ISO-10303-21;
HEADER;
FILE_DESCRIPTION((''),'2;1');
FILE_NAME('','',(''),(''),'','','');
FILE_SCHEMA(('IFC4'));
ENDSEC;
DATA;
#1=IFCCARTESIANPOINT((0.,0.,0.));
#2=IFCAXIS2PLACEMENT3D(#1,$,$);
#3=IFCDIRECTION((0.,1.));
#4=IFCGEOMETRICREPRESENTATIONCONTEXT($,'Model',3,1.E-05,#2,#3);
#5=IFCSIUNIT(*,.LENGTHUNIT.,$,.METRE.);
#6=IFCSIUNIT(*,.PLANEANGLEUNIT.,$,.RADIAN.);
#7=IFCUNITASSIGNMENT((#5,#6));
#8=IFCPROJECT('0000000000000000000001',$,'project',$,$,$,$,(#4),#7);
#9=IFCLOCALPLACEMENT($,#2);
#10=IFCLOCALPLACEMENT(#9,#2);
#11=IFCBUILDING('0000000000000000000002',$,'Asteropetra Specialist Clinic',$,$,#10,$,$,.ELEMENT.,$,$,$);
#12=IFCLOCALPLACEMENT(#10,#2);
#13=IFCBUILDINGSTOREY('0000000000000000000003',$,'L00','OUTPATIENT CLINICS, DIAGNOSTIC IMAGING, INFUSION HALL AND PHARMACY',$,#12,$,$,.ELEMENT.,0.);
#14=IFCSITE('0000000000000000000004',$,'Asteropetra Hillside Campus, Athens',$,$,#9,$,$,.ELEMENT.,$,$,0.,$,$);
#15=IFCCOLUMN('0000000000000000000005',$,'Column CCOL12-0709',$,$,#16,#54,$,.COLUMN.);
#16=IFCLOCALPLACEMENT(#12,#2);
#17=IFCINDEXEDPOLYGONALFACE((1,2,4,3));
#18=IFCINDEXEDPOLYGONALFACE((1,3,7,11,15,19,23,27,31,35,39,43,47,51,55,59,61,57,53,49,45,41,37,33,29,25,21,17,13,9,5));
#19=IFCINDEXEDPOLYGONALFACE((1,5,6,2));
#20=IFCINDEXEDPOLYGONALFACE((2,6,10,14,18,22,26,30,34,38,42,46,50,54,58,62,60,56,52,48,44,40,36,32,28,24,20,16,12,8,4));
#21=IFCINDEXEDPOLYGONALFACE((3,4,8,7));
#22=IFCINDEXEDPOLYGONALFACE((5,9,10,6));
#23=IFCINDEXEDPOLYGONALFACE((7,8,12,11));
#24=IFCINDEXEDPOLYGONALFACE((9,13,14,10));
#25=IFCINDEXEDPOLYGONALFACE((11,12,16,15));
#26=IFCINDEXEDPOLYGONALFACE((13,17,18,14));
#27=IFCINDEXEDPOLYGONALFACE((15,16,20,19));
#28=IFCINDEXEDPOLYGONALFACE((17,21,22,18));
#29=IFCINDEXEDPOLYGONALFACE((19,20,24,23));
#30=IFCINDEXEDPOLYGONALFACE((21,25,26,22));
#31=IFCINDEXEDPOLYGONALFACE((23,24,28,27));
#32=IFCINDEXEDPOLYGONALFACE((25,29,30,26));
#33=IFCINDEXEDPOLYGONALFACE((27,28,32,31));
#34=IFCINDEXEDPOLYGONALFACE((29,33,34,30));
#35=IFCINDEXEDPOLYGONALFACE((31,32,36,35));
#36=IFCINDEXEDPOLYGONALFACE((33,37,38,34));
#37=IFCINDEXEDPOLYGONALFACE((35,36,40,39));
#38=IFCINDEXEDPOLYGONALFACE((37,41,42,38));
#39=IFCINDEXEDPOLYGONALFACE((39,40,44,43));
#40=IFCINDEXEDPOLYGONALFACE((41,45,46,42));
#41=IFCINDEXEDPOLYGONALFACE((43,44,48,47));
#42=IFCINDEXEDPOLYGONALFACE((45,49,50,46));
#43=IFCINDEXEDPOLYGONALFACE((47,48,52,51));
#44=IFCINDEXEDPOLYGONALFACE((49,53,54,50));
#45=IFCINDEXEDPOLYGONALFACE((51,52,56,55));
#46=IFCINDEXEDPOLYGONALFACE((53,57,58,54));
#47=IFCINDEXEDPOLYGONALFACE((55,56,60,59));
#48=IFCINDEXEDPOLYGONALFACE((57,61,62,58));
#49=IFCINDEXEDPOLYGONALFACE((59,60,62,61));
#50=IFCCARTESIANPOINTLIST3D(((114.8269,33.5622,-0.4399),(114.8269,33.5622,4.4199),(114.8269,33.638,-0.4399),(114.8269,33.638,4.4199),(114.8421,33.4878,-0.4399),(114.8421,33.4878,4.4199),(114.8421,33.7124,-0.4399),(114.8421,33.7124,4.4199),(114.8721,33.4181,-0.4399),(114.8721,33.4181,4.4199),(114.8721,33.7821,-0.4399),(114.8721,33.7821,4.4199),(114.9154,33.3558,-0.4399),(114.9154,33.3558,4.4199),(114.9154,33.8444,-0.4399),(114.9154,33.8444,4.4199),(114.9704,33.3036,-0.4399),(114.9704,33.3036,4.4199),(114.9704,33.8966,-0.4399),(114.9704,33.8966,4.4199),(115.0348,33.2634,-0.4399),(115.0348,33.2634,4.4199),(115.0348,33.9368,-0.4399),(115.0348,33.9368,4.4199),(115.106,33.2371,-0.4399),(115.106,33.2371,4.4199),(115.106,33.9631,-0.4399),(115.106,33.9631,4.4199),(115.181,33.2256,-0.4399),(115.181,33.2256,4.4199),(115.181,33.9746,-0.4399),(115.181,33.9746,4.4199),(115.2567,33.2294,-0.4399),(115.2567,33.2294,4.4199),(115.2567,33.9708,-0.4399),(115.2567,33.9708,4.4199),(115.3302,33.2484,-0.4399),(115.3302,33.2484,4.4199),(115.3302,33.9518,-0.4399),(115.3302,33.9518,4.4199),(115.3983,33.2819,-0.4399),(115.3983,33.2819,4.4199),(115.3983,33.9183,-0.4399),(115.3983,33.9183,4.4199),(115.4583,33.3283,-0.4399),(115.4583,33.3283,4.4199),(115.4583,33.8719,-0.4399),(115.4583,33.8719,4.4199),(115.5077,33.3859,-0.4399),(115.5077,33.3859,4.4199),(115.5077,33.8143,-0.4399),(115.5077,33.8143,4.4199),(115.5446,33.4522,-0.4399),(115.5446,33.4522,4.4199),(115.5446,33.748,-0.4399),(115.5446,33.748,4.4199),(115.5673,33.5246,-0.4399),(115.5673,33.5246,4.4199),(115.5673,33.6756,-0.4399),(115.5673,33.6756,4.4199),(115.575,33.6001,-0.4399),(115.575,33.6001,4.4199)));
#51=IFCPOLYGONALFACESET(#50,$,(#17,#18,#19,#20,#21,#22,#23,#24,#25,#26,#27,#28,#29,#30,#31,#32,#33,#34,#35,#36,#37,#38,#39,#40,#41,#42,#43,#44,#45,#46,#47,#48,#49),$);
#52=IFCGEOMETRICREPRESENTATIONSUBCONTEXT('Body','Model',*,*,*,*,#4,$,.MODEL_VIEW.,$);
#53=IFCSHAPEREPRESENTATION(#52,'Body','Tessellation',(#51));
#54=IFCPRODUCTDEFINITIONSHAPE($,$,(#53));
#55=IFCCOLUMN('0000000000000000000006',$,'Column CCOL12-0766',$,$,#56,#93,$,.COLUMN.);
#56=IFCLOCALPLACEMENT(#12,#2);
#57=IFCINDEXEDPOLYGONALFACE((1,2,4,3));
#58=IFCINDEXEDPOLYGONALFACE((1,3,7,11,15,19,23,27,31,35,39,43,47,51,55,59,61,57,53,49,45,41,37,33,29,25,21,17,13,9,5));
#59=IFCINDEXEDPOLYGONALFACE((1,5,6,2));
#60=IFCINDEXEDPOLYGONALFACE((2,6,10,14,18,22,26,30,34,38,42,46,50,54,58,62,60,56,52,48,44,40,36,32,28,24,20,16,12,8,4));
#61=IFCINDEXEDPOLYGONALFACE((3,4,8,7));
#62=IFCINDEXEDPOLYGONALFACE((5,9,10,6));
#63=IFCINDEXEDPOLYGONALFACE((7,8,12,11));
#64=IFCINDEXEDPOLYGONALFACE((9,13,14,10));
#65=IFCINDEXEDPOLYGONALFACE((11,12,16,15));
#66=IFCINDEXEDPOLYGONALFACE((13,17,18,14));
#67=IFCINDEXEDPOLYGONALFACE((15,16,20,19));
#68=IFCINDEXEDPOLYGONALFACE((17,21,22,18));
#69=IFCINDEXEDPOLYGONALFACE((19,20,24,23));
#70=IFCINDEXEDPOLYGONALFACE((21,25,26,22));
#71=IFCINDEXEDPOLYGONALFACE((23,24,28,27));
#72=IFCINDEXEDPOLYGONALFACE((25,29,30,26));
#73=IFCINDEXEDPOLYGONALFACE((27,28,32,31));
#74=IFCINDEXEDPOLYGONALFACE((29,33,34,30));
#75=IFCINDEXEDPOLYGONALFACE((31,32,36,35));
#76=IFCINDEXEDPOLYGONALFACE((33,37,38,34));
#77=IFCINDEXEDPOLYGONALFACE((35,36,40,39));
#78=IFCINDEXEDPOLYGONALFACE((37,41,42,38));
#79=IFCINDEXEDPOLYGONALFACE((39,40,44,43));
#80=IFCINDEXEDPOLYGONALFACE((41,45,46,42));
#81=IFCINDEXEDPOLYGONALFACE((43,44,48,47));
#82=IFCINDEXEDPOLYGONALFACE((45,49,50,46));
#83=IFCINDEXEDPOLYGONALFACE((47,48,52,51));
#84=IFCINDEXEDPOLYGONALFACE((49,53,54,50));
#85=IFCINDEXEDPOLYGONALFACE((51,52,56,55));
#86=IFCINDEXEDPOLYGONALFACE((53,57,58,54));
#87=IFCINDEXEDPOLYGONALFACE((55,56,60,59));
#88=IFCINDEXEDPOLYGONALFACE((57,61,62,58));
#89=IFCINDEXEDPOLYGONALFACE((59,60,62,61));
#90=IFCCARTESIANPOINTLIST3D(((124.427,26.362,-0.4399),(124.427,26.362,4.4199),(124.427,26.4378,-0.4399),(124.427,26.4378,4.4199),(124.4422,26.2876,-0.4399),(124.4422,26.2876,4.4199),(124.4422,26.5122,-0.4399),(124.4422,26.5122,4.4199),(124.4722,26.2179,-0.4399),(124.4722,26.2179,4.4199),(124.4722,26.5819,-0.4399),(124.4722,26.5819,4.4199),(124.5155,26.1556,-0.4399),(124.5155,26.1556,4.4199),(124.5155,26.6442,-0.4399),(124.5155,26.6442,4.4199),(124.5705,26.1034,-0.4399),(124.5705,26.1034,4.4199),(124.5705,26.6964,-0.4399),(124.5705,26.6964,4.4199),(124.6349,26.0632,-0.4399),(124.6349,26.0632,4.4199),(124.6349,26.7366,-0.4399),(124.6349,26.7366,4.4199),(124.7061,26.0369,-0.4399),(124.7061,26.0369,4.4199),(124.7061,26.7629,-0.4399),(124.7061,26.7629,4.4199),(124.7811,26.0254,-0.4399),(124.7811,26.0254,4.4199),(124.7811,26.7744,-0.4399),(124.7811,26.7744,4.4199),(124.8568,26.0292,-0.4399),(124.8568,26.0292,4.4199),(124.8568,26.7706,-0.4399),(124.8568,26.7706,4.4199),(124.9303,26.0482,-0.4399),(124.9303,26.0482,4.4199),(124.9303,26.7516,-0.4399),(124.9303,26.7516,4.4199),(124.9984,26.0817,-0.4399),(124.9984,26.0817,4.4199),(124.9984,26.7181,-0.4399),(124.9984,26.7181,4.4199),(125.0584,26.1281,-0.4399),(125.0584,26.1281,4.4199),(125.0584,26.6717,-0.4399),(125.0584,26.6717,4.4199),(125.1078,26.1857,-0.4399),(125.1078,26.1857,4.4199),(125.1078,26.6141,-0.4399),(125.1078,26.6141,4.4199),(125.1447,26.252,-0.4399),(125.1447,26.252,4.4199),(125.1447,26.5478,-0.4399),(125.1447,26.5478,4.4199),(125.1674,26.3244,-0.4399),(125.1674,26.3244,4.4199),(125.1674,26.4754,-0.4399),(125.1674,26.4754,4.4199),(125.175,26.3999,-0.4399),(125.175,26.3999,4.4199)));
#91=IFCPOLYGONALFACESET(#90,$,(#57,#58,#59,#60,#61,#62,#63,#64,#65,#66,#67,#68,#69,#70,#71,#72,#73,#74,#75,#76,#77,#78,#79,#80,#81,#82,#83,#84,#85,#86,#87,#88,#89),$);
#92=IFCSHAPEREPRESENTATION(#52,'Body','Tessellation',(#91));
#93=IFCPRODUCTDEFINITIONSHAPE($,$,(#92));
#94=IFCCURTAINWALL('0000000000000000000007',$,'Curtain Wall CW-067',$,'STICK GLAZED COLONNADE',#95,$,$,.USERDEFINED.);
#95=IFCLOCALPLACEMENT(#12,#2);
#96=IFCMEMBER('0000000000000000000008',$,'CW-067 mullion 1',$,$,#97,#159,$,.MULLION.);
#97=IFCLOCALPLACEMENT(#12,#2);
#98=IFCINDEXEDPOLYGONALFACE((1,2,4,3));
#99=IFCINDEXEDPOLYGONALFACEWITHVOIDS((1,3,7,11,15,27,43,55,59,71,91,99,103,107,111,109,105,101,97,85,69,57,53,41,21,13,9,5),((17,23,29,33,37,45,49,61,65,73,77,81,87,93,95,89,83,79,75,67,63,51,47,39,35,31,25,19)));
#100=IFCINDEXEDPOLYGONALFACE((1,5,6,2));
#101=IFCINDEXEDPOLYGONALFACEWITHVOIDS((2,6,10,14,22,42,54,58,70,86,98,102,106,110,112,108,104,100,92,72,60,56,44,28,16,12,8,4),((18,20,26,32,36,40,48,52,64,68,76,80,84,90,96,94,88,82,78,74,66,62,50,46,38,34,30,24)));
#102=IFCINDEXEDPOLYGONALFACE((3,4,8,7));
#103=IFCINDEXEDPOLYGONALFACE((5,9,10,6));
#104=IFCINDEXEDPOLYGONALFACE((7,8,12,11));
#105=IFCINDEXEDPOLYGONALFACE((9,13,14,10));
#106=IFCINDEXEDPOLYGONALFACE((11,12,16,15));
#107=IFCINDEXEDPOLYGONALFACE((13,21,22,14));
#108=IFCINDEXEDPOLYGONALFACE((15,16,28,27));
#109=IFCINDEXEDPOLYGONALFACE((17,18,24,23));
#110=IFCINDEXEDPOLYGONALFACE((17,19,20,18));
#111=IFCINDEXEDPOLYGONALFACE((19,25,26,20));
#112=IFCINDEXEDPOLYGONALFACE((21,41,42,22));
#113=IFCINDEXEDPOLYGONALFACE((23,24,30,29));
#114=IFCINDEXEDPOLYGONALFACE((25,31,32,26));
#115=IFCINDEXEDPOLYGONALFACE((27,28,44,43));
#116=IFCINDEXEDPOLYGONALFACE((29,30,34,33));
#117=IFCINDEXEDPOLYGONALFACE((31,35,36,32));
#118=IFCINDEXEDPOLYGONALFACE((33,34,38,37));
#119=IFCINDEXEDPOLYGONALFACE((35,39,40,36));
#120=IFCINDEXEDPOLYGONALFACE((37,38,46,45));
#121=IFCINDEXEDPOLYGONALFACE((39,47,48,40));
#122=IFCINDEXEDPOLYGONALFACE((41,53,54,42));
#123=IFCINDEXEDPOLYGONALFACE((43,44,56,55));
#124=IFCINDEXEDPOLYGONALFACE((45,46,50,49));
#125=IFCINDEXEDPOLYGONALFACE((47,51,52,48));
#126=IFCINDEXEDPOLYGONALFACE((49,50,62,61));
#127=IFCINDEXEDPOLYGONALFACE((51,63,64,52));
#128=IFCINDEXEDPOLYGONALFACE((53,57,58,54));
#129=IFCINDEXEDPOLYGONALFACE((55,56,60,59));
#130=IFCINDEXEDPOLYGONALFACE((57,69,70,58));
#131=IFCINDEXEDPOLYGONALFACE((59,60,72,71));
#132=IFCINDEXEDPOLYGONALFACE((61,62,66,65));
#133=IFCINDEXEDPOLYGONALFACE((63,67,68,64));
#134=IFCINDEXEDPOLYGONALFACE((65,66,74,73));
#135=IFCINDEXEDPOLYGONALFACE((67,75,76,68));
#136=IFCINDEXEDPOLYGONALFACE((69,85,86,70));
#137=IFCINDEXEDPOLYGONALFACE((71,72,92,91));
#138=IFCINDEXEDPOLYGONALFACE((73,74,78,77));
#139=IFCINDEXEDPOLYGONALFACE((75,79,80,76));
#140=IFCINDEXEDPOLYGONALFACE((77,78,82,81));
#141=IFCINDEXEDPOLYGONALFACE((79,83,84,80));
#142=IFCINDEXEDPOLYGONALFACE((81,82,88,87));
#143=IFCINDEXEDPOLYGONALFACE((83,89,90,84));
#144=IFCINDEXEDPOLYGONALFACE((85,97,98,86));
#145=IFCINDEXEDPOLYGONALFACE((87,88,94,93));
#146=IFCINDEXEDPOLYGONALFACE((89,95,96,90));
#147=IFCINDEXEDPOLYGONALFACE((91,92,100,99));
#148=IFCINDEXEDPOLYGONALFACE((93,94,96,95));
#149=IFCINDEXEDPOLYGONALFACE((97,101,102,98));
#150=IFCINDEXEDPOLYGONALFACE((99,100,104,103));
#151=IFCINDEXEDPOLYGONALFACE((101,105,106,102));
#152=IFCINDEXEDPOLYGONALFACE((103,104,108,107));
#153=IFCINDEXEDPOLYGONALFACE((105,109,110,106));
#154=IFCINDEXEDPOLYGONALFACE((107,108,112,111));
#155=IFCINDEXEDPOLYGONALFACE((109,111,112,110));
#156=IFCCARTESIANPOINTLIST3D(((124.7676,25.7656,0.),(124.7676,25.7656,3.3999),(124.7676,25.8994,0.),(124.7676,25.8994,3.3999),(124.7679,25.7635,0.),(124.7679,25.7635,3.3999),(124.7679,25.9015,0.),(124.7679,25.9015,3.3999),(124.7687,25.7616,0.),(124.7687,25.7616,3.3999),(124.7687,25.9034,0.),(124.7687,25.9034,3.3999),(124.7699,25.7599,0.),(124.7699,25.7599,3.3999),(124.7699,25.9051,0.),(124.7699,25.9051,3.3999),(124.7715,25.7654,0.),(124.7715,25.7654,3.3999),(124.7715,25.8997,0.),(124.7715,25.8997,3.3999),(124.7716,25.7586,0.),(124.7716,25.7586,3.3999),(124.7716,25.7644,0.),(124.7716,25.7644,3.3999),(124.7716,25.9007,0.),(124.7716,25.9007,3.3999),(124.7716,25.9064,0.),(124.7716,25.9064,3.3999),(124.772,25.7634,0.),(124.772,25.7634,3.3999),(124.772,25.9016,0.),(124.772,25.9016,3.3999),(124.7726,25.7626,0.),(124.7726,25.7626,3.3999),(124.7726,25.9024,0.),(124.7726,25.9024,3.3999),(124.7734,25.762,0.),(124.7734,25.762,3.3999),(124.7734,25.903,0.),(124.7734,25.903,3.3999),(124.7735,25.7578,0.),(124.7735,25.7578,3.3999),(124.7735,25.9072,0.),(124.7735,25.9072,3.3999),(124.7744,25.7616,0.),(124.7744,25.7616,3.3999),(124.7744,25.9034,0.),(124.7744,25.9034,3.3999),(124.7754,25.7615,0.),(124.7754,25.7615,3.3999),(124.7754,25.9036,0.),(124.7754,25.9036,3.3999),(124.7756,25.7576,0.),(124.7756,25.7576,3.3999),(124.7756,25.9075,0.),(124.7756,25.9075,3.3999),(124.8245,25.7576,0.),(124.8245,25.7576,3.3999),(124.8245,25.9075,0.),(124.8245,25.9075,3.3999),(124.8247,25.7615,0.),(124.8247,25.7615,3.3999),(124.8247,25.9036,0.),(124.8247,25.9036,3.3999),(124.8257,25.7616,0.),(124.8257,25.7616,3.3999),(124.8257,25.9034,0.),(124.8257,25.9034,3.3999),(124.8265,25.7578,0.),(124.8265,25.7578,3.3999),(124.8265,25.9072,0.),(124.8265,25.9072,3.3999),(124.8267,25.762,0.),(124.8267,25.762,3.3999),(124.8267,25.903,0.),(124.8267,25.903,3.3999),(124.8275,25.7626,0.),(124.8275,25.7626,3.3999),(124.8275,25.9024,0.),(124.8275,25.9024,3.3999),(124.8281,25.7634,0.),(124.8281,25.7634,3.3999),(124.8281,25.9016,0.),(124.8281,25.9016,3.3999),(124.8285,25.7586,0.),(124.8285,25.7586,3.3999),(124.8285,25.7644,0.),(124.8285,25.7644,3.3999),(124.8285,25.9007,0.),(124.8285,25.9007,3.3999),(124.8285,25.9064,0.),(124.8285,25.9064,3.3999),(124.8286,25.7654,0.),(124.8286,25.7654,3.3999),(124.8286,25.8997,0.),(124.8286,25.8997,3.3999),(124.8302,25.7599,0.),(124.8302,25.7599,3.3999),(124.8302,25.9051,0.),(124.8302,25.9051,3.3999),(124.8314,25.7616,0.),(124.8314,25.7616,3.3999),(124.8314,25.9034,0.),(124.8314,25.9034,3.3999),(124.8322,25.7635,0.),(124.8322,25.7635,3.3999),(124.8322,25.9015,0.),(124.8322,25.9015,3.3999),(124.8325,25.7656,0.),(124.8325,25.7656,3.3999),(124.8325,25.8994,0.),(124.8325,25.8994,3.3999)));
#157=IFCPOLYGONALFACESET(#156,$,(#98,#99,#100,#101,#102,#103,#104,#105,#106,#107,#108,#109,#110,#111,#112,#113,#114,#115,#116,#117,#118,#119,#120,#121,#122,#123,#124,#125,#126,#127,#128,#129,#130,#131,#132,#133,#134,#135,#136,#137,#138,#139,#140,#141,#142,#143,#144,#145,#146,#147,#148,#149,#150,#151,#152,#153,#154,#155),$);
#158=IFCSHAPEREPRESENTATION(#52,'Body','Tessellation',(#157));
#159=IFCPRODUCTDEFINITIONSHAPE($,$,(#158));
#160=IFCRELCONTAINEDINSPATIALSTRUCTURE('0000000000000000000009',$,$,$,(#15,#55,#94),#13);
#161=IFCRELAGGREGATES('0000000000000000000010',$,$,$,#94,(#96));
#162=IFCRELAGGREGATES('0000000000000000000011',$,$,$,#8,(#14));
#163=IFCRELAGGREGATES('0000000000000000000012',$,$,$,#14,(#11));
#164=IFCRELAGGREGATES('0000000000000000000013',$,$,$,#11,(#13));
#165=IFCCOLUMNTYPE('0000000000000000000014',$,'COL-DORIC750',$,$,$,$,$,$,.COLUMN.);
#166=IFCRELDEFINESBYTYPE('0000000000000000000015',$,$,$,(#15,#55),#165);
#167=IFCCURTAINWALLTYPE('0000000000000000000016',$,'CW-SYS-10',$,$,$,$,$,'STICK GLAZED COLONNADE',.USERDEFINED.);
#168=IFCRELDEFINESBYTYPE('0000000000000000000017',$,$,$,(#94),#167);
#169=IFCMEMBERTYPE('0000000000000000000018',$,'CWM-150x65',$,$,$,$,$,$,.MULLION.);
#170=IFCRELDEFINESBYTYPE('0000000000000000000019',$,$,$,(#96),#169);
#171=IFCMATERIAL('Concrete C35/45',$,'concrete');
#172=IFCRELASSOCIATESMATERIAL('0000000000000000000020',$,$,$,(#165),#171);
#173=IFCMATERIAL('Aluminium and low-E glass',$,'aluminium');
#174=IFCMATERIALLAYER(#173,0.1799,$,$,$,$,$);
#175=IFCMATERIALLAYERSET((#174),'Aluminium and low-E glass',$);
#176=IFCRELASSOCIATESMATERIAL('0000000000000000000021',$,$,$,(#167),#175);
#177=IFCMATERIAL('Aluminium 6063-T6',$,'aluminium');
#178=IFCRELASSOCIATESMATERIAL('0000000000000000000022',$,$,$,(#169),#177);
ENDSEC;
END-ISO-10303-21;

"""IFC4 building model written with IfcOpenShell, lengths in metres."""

from ifc_helpers import new_model, si_unit, direction, frame, origin, origin_2d, place, context, subcontext, project, spatial, hollow_rectangle, circle, extrude, material, layer, layer_set, material_profile, profile_set, type_object, element, aggregate, save


model = new_model("IFC4")

# Units and contexts
model_context = context("Model", 3, precision=1e-05, world=origin(), true_north=direction((0.0, 1.0)))
body_context = subcontext(model_context, "Body", "Model", "MODEL_VIEW")
ifc_project = project(units=[si_unit("LENGTHUNIT", "METRE"), si_unit("PLANEANGLEUNIT", "RADIAN")], contexts=[model_context])

# Site, building, storey
site_placement = place(None, origin())
site = spatial("IfcSite", under=ifc_project, at=site_placement, Name="Asteropetra Hillside Campus, Athens", CompositionType="ELEMENT", RefElevation=0.0)
building_placement = place(site_placement, origin())
building = spatial("IfcBuilding", under=site, at=building_placement, Name="Asteropetra Specialist Clinic", CompositionType="ELEMENT")
storey_placement = place(building_placement, origin())
storey = spatial("IfcBuildingStorey", under=building, at=storey_placement, Name="L00", Description="OUTPATIENT CLINICS, DIAGNOSTIC IMAGING, INFUSION HALL AND PHARMACY", CompositionType="ELEMENT", Elevation=0.0)

# Columns
ifc_material_1 = material(Name="Concrete C35/45", Category="concrete")
ifc_material_profile_1 = material_profile(ifc_material_1, circle(Radius=0.375, at=origin_2d()), Name="RCC D750")
ifc_profile_set_1 = profile_set([ifc_material_profile_1], Name="Concrete C35/45")
column_type = type_object("IfcColumnType", Name="COL-DORIC750", PredefinedType="COLUMN", material=ifc_profile_set_1)
for number, where, z_axis, x_axis, name in (
    (1, (115.2, 33.6001, -0.4399), (0.0, 0.0, 1.0), (1.0, 0.0, 0.0), "Column CCOL12-0709"),
    (2, (124.8, 26.3999, -0.4399), (0.0, 0.0, 1.0), (1.0, 0.0, 0.0), "Column CCOL12-0766"),
):
    element("IfcColumn", number, at=place(storey_placement, frame(where, z_axis=z_axis, x_axis=x_axis)), inside=storey, type_object=column_type, Name=name, PredefinedType="COLUMN", context=body_context, shape_type="SweptSolid", body=[
        extrude(circle(Radius=0.375, at=origin_2d()), origin(), (0.0, 0.0, 1.0), 4.8599),
    ])

# Curtain wall, member
ifc_material_2 = material(Name="Aluminium and low-E glass", Category="aluminium")
ifc_layer_1 = layer(ifc_material_2, 0.1799)
ifc_layer_set_1 = layer_set([ifc_layer_1], Name="Aluminium and low-E glass")
curtain_wall_type_1 = type_object("IfcCurtainWallType", Name="CW-SYS-10", ElementType="STICK GLAZED COLONNADE", PredefinedType="USERDEFINED", material=ifc_layer_set_1)
curtain_wall_1_placement = place(storey_placement, origin())
curtain_wall_1 = element("IfcCurtainWall", 3, at=curtain_wall_1_placement, inside=storey, type_object=curtain_wall_type_1, Name="Curtain Wall CW-067", ObjectType="STICK GLAZED COLONNADE", PredefinedType="USERDEFINED")
ifc_material_3 = material(Name="Aluminium 6063-T6", Category="aluminium")
ifc_material_profile_2 = material_profile(ifc_material_3, hollow_rectangle(XDim=0.0649, YDim=0.1499, WallThickness=0.0039, InnerFilletRadius=0.0039, OuterFilletRadius=0.0081, at=origin_2d()), Name="MUL 150x65x4.0")
ifc_profile_set_2 = profile_set([ifc_material_profile_2], Name="Aluminium 6063-T6")
member_type_1 = type_object("IfcMemberType", Name="CWM-150x65", PredefinedType="MULLION", material=ifc_profile_set_2)
member_1_placement = place(storey_placement, frame((124.8, 25.8325, 0.0), z_axis=(0.0, 0.0, 1.0), x_axis=(1.0, 0.0, 0.0)))
member_1 = element("IfcMember", 4, at=member_1_placement, type_object=member_type_1, Name="CW-067 mullion 1", PredefinedType="MULLION", context=body_context, shape_type="SweptSolid", body=[
    extrude(hollow_rectangle(XDim=0.0649, YDim=0.1499, WallThickness=0.0039, InnerFilletRadius=0.0039, OuterFilletRadius=0.0081, at=origin_2d()), origin(), (0.0, 0.0, 1.0), 3.3999),
])

aggregate(curtain_wall_1, [member_1])

save(model, "model.ifc")
